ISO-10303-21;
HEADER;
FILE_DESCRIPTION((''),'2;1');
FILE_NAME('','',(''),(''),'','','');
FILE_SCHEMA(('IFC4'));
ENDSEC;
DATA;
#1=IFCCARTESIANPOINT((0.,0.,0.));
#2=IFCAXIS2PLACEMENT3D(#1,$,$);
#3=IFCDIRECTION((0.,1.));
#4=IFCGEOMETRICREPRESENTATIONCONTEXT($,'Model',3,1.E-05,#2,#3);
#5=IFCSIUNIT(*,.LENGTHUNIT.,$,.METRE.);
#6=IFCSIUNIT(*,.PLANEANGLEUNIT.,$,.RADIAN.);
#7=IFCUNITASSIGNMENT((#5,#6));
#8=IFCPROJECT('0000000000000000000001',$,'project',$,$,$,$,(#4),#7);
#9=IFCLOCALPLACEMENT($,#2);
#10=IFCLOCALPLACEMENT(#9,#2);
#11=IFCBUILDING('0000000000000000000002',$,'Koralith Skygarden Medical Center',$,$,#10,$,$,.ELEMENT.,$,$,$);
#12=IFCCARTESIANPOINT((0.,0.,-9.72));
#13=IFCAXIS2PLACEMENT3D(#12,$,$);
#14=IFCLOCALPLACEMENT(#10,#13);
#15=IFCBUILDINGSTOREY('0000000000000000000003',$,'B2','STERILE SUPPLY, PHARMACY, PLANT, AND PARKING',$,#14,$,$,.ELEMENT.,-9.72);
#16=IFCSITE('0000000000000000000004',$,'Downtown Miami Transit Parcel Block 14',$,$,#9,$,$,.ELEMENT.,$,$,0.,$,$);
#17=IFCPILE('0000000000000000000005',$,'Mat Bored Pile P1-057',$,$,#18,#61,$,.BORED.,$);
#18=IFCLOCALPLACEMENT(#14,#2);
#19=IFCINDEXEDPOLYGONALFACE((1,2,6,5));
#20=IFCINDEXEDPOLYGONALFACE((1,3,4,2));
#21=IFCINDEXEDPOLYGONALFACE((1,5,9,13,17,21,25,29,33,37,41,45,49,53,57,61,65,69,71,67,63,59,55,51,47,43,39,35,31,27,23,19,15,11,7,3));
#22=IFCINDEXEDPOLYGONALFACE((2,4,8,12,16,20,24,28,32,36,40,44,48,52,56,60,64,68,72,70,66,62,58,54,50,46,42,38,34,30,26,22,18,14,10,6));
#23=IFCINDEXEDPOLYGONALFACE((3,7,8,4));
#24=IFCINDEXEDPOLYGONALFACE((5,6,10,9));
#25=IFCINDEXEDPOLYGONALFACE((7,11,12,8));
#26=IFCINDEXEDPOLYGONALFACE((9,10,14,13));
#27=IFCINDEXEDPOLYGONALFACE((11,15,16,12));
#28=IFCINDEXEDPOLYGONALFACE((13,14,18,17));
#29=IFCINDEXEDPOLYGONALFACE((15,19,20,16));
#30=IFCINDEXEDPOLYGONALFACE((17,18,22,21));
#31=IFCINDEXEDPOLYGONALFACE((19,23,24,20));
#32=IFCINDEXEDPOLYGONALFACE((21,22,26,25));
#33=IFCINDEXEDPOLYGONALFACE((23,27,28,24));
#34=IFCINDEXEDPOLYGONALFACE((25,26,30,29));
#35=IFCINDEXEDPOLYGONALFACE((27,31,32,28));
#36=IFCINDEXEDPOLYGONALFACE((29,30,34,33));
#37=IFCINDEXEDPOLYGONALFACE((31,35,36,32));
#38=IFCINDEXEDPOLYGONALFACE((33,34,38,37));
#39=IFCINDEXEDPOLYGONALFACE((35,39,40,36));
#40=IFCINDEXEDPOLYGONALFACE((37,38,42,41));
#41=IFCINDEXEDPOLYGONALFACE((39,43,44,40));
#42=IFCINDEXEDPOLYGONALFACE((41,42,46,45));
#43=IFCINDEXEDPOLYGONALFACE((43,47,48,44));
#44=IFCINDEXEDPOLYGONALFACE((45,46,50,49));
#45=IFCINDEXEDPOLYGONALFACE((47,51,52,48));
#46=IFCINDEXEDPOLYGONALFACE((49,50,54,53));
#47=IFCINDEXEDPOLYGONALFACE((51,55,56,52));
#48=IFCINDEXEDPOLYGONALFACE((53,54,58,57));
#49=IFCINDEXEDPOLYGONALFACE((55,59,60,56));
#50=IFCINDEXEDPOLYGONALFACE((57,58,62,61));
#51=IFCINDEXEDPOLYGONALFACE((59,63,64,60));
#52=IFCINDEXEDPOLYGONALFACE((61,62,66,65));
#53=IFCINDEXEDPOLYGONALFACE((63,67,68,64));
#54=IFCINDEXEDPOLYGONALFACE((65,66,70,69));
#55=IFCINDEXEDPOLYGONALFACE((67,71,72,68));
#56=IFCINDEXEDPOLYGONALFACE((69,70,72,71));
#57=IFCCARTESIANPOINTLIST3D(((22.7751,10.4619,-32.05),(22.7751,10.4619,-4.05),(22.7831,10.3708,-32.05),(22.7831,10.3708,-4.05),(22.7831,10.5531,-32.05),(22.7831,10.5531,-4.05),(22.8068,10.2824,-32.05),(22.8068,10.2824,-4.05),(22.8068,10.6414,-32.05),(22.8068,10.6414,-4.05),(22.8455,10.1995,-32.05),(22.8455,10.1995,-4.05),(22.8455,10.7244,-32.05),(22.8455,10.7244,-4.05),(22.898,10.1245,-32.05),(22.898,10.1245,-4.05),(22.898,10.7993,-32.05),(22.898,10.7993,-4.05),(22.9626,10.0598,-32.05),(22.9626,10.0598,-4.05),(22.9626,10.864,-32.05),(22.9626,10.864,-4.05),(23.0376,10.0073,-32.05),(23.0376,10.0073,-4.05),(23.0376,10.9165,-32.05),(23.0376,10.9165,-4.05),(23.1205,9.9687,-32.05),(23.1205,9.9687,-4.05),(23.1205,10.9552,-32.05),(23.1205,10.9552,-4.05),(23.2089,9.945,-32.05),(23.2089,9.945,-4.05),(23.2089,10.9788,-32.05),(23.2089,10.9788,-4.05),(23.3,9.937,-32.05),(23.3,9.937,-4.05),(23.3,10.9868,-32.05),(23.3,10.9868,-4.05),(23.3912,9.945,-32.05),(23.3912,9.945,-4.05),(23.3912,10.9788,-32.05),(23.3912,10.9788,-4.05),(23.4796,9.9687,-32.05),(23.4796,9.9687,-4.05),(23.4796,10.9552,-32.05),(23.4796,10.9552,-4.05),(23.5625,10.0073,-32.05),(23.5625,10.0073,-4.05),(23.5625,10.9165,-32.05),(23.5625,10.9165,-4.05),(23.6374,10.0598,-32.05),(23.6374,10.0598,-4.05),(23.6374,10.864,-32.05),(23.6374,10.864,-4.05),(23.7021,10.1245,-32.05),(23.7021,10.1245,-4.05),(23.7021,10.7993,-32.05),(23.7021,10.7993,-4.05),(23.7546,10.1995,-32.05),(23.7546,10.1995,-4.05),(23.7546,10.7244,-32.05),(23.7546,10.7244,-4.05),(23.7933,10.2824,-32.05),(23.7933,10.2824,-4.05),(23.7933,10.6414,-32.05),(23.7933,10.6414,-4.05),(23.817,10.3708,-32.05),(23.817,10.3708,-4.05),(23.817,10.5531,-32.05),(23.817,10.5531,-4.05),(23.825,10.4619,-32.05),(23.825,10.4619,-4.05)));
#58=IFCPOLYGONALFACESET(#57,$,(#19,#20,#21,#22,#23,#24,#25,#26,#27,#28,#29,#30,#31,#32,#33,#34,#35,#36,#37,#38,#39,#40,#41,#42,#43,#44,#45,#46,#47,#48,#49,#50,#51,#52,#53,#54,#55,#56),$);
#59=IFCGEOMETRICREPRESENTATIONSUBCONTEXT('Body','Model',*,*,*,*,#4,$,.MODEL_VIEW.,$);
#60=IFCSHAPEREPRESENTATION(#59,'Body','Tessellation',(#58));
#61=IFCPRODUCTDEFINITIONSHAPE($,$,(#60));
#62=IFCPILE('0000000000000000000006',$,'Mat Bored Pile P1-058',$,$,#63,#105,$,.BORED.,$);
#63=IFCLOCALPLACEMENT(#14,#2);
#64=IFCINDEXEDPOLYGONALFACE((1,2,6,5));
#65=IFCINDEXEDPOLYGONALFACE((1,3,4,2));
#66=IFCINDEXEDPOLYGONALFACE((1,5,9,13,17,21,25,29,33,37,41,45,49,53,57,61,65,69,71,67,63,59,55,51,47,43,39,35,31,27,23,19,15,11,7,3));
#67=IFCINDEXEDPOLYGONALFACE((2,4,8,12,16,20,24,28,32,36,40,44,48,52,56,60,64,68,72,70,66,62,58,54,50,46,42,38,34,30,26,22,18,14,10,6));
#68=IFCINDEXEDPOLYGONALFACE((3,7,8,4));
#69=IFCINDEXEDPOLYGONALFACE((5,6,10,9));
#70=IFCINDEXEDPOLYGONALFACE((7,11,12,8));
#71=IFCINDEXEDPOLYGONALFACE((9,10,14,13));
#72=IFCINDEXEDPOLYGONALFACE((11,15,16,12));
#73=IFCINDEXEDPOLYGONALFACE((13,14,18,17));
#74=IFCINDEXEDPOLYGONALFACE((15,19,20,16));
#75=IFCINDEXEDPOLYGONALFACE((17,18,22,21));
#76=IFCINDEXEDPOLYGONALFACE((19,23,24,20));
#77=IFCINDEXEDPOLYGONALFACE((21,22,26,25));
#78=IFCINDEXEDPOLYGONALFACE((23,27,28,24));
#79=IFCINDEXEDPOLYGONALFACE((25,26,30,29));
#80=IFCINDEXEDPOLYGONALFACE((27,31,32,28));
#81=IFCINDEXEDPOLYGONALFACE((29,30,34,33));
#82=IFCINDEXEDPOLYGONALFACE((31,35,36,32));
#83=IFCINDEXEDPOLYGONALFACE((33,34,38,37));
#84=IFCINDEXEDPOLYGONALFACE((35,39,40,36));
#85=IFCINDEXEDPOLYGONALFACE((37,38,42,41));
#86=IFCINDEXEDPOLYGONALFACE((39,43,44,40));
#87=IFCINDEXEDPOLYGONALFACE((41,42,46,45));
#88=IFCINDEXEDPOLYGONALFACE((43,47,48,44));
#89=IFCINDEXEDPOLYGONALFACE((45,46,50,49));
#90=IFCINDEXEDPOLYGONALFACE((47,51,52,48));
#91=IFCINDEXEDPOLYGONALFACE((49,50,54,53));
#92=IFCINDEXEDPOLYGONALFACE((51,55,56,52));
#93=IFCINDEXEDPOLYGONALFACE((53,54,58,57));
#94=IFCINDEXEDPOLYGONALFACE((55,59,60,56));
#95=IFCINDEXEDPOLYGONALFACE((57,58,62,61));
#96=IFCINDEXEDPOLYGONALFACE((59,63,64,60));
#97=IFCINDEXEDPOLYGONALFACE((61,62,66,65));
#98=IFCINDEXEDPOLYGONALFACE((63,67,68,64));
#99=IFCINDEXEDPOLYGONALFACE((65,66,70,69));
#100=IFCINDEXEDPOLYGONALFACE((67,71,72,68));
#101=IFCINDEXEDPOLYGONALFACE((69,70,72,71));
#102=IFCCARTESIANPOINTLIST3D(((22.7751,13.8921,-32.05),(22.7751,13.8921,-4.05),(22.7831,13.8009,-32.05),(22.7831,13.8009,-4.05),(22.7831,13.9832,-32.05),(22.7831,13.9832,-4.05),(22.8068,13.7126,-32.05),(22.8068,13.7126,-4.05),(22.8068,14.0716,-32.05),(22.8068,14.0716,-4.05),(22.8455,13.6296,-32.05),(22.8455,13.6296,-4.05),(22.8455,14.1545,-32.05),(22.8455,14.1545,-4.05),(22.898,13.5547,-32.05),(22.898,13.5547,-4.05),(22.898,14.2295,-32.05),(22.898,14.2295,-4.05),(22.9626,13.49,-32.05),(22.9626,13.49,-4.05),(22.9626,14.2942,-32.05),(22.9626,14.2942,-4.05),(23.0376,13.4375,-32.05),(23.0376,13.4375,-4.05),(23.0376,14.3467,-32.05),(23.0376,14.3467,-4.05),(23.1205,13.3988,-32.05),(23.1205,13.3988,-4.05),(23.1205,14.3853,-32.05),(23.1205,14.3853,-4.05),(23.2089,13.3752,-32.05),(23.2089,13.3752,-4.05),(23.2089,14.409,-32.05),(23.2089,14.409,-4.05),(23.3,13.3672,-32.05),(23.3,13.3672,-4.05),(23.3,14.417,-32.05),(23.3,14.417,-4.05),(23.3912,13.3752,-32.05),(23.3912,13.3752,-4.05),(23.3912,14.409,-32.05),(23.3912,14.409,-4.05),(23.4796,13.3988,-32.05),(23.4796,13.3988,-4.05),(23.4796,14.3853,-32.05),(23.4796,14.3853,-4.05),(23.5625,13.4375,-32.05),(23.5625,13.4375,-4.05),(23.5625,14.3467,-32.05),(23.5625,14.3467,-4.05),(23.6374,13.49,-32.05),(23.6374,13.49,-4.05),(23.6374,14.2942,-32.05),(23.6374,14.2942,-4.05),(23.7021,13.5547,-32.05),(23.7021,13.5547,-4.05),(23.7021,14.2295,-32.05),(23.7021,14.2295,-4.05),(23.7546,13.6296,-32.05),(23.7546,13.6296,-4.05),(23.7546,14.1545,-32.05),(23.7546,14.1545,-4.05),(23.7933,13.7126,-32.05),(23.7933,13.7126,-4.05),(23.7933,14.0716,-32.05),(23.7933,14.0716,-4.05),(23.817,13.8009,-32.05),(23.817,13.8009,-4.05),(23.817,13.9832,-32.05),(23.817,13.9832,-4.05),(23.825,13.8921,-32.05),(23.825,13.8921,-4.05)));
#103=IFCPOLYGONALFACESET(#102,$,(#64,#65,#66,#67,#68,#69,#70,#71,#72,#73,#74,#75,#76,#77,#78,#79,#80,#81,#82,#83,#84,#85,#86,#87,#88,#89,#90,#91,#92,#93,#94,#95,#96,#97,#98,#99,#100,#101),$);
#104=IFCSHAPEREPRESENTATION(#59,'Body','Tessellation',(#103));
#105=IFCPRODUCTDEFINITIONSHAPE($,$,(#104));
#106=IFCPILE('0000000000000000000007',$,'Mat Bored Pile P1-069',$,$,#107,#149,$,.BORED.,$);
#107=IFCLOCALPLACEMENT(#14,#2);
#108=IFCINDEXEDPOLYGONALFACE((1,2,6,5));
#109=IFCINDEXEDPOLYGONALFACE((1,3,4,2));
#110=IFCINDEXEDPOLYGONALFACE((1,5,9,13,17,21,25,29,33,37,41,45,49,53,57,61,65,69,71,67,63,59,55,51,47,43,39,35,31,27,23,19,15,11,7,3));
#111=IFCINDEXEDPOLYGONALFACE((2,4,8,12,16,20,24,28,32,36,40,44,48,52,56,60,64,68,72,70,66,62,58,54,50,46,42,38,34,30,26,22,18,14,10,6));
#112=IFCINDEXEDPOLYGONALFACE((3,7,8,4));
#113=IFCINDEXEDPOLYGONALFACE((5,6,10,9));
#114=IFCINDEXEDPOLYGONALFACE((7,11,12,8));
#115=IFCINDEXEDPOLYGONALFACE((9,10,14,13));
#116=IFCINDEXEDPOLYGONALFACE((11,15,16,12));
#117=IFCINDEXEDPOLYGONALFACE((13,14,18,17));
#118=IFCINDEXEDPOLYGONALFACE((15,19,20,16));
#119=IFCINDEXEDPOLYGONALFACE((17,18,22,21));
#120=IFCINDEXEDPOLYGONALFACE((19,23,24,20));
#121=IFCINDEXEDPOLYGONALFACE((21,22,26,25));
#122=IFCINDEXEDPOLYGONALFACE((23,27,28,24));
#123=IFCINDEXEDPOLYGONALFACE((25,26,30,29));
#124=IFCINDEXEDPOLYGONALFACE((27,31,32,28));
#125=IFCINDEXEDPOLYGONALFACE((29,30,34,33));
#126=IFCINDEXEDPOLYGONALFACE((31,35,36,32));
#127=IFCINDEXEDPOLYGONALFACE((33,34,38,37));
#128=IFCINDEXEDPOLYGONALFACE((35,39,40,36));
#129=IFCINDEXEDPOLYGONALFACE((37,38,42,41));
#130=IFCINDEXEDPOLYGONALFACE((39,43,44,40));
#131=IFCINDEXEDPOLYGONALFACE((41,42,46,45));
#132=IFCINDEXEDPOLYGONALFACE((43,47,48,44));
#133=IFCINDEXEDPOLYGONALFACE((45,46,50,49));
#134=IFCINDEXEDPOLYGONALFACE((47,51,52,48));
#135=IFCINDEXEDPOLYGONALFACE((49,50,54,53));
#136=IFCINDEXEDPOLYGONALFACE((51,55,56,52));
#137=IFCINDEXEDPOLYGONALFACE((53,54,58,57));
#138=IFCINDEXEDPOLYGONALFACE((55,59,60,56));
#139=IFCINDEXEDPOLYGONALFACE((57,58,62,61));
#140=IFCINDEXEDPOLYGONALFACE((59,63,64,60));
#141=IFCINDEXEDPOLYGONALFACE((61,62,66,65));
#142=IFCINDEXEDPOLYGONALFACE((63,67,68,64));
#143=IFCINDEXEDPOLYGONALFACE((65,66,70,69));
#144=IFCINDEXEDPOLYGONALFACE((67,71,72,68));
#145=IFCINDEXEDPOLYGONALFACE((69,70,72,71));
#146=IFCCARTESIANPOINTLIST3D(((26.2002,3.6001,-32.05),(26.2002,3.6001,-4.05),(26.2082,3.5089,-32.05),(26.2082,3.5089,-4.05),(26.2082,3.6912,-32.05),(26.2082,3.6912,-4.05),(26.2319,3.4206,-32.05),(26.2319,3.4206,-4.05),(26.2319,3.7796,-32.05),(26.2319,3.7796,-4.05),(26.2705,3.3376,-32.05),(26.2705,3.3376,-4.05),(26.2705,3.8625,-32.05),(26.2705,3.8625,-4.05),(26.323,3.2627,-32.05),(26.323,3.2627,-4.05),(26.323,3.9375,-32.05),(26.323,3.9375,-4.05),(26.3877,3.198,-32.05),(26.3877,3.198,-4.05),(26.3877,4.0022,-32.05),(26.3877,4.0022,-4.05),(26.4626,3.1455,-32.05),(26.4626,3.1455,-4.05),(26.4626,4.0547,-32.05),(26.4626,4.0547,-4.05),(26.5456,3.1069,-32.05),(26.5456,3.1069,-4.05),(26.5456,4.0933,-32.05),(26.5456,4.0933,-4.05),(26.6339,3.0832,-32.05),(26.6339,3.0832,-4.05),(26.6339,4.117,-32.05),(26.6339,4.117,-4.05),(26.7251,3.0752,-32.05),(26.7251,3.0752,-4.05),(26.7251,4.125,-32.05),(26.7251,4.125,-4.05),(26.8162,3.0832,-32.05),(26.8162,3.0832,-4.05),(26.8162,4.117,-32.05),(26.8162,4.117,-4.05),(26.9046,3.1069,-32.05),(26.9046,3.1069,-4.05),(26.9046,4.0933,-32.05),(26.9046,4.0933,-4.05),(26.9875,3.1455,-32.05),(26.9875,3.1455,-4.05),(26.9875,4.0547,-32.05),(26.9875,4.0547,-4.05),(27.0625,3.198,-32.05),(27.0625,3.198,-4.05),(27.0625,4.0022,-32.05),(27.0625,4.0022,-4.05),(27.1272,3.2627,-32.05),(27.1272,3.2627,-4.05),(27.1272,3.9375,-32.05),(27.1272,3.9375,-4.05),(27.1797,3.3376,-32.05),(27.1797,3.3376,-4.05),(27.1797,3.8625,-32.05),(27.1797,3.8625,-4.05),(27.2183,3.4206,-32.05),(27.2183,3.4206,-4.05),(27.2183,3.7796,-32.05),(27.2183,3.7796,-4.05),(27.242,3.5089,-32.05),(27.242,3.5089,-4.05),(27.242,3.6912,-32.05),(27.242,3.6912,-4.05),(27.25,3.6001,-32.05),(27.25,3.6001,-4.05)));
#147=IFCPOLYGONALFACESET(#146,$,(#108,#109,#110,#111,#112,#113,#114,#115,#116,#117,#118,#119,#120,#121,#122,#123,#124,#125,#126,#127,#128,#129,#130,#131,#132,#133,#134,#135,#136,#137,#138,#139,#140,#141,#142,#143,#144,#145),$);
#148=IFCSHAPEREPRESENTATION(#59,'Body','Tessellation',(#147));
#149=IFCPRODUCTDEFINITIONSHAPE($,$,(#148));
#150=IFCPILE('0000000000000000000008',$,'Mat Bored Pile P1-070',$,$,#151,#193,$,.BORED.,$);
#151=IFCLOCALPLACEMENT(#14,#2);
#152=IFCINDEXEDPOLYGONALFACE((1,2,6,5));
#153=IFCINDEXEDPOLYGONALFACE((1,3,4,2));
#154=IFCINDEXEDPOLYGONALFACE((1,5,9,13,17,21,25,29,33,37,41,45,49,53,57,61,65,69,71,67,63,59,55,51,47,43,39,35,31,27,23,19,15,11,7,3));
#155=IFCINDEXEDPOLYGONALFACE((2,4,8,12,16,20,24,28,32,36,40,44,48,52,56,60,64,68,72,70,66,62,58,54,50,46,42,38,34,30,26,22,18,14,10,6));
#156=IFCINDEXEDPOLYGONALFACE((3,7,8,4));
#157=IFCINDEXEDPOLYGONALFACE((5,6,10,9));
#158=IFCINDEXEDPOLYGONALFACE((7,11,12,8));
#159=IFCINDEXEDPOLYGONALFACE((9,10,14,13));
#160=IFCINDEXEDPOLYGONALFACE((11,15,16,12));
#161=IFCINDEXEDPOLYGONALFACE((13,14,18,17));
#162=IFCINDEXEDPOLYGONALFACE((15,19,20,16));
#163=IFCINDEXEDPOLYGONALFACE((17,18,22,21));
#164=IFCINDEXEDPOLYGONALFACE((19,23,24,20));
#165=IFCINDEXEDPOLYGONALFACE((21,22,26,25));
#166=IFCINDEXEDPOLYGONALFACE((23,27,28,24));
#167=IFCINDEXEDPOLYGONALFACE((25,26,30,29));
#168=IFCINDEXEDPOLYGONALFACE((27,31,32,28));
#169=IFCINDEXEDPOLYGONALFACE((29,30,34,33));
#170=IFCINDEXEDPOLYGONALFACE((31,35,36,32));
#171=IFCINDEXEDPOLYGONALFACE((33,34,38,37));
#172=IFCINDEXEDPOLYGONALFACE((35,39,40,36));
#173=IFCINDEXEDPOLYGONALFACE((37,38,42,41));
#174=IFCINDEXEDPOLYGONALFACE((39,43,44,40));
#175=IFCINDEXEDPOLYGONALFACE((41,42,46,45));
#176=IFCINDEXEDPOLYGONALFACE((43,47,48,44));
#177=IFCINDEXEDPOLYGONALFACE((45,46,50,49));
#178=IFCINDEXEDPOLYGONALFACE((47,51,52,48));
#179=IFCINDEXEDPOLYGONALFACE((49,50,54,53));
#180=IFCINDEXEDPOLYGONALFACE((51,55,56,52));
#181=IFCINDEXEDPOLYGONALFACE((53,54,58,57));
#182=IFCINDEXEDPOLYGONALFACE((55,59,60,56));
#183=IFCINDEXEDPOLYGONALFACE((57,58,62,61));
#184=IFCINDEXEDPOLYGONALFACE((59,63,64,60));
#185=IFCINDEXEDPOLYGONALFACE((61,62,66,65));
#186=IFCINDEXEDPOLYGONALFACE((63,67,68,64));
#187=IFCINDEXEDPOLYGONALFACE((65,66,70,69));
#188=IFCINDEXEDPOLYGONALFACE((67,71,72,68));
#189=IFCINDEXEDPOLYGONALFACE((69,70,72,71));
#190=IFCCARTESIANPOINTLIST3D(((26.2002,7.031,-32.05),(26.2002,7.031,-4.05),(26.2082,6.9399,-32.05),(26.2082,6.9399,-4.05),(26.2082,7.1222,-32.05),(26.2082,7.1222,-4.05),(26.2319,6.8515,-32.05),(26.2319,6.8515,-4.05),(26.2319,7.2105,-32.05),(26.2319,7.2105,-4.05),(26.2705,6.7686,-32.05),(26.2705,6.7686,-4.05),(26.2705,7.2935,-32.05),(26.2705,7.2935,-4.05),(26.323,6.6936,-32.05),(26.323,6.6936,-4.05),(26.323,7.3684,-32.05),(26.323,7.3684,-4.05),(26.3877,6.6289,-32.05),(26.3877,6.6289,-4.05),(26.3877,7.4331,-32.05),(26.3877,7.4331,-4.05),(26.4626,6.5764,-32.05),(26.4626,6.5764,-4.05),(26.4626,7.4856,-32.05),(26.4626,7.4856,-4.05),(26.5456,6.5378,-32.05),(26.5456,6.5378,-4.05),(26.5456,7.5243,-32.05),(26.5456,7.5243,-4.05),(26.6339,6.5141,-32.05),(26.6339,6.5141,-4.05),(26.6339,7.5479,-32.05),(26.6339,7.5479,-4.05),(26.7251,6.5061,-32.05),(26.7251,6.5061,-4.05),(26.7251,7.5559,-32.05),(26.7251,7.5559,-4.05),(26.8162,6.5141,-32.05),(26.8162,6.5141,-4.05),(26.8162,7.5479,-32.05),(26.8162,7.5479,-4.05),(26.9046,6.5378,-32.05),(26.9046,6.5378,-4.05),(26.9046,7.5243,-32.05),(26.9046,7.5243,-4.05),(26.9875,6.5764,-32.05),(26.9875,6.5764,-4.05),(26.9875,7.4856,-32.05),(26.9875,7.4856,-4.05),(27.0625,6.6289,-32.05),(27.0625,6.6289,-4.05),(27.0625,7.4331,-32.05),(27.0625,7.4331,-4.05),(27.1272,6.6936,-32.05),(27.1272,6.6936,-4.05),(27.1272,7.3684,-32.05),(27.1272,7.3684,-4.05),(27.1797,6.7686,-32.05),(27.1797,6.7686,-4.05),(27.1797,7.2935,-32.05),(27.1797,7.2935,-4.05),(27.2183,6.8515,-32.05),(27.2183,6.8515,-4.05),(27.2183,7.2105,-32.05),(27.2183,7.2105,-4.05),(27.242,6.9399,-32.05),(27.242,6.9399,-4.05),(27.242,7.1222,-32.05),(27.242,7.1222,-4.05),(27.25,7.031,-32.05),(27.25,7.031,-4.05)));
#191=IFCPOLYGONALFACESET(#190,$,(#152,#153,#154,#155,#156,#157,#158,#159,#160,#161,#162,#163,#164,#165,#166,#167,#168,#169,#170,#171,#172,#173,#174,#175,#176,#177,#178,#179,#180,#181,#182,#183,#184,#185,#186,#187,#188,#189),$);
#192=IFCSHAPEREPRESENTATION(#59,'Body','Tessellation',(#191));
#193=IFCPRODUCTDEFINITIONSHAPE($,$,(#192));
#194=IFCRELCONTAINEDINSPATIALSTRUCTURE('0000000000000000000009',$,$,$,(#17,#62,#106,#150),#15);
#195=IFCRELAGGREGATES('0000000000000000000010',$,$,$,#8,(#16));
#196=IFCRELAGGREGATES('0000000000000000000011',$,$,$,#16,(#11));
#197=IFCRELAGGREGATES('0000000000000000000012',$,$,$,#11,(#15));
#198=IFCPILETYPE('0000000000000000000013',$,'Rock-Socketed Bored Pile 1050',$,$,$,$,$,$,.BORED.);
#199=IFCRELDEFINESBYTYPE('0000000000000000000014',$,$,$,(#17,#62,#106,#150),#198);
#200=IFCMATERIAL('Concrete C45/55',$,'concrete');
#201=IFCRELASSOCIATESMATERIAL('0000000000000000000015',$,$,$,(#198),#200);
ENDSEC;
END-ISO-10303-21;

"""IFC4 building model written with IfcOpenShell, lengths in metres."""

from ifc_helpers import new_model, si_unit, direction, frame, origin, origin_2d, place, context, subcontext, project, spatial, circle, extrude, material, material_profile, profile_set, type_object, element, save


model = new_model("IFC4")

# Units and contexts
model_context = context("Model", 3, precision=1e-05, world=origin(), true_north=direction((0.0, 1.0)))
body_context = subcontext(model_context, "Body", "Model", "MODEL_VIEW")
ifc_project = project(units=[si_unit("LENGTHUNIT", "METRE"), si_unit("PLANEANGLEUNIT", "RADIAN")], contexts=[model_context])

# Site, building, storey
site_placement = place(None, origin())
site = spatial("IfcSite", under=ifc_project, at=site_placement, Name="Downtown Miami Transit Parcel Block 14", CompositionType="ELEMENT", RefElevation=0.0)
building_placement = place(site_placement, origin())
building = spatial("IfcBuilding", under=site, at=building_placement, Name="Koralith Skygarden Medical Center", CompositionType="ELEMENT")
storey_placement = place(building_placement, frame((0.0, 0.0, -9.72)))
storey = spatial("IfcBuildingStorey", under=building, at=storey_placement, Name="B2", Description="STERILE SUPPLY, PHARMACY, PLANT, AND PARKING", CompositionType="ELEMENT", Elevation=-9.72)

# Piles
ifc_material_1 = material(Name="Concrete C45/55", Category="concrete")
ifc_material_profile_1 = material_profile(ifc_material_1, circle(Radius=0.5249, at=origin_2d()), Name="PILE1050")
ifc_profile_set_1 = profile_set([ifc_material_profile_1], Name="Concrete C45/55")
pile_type = type_object("IfcPileType", Name="Rock-Socketed Bored Pile 1050", PredefinedType="BORED", material=ifc_profile_set_1)
for number, where, z_axis, x_axis, name in (
    (1, (23.3, 10.4619, -4.05), (0.0, 0.0, -1.0), (1.0, 0.0, 0.0), "Mat Bored Pile P1-057"),
    (2, (23.3, 13.8921, -4.05), (0.0, 0.0, -1.0), (1.0, 0.0, 0.0), "Mat Bored Pile P1-058"),
    (3, (26.7251, 3.6001, -4.05), (0.0, 0.0, -1.0), (1.0, 0.0, 0.0), "Mat Bored Pile P1-069"),
    (4, (26.7251, 7.031, -4.05), (0.0, 0.0, -1.0), (1.0, 0.0, 0.0), "Mat Bored Pile P1-070"),
):
    element("IfcPile", number, at=place(storey_placement, frame(where, z_axis=z_axis, x_axis=x_axis)), inside=storey, type_object=pile_type, Name=name, PredefinedType="BORED", context=body_context, shape_type="SweptSolid", body=[
        extrude(circle(Radius=0.5249, at=origin_2d()), origin(), (0.0, 0.0, 1.0), 28.0),
    ])

save(model, "model.ifc")
